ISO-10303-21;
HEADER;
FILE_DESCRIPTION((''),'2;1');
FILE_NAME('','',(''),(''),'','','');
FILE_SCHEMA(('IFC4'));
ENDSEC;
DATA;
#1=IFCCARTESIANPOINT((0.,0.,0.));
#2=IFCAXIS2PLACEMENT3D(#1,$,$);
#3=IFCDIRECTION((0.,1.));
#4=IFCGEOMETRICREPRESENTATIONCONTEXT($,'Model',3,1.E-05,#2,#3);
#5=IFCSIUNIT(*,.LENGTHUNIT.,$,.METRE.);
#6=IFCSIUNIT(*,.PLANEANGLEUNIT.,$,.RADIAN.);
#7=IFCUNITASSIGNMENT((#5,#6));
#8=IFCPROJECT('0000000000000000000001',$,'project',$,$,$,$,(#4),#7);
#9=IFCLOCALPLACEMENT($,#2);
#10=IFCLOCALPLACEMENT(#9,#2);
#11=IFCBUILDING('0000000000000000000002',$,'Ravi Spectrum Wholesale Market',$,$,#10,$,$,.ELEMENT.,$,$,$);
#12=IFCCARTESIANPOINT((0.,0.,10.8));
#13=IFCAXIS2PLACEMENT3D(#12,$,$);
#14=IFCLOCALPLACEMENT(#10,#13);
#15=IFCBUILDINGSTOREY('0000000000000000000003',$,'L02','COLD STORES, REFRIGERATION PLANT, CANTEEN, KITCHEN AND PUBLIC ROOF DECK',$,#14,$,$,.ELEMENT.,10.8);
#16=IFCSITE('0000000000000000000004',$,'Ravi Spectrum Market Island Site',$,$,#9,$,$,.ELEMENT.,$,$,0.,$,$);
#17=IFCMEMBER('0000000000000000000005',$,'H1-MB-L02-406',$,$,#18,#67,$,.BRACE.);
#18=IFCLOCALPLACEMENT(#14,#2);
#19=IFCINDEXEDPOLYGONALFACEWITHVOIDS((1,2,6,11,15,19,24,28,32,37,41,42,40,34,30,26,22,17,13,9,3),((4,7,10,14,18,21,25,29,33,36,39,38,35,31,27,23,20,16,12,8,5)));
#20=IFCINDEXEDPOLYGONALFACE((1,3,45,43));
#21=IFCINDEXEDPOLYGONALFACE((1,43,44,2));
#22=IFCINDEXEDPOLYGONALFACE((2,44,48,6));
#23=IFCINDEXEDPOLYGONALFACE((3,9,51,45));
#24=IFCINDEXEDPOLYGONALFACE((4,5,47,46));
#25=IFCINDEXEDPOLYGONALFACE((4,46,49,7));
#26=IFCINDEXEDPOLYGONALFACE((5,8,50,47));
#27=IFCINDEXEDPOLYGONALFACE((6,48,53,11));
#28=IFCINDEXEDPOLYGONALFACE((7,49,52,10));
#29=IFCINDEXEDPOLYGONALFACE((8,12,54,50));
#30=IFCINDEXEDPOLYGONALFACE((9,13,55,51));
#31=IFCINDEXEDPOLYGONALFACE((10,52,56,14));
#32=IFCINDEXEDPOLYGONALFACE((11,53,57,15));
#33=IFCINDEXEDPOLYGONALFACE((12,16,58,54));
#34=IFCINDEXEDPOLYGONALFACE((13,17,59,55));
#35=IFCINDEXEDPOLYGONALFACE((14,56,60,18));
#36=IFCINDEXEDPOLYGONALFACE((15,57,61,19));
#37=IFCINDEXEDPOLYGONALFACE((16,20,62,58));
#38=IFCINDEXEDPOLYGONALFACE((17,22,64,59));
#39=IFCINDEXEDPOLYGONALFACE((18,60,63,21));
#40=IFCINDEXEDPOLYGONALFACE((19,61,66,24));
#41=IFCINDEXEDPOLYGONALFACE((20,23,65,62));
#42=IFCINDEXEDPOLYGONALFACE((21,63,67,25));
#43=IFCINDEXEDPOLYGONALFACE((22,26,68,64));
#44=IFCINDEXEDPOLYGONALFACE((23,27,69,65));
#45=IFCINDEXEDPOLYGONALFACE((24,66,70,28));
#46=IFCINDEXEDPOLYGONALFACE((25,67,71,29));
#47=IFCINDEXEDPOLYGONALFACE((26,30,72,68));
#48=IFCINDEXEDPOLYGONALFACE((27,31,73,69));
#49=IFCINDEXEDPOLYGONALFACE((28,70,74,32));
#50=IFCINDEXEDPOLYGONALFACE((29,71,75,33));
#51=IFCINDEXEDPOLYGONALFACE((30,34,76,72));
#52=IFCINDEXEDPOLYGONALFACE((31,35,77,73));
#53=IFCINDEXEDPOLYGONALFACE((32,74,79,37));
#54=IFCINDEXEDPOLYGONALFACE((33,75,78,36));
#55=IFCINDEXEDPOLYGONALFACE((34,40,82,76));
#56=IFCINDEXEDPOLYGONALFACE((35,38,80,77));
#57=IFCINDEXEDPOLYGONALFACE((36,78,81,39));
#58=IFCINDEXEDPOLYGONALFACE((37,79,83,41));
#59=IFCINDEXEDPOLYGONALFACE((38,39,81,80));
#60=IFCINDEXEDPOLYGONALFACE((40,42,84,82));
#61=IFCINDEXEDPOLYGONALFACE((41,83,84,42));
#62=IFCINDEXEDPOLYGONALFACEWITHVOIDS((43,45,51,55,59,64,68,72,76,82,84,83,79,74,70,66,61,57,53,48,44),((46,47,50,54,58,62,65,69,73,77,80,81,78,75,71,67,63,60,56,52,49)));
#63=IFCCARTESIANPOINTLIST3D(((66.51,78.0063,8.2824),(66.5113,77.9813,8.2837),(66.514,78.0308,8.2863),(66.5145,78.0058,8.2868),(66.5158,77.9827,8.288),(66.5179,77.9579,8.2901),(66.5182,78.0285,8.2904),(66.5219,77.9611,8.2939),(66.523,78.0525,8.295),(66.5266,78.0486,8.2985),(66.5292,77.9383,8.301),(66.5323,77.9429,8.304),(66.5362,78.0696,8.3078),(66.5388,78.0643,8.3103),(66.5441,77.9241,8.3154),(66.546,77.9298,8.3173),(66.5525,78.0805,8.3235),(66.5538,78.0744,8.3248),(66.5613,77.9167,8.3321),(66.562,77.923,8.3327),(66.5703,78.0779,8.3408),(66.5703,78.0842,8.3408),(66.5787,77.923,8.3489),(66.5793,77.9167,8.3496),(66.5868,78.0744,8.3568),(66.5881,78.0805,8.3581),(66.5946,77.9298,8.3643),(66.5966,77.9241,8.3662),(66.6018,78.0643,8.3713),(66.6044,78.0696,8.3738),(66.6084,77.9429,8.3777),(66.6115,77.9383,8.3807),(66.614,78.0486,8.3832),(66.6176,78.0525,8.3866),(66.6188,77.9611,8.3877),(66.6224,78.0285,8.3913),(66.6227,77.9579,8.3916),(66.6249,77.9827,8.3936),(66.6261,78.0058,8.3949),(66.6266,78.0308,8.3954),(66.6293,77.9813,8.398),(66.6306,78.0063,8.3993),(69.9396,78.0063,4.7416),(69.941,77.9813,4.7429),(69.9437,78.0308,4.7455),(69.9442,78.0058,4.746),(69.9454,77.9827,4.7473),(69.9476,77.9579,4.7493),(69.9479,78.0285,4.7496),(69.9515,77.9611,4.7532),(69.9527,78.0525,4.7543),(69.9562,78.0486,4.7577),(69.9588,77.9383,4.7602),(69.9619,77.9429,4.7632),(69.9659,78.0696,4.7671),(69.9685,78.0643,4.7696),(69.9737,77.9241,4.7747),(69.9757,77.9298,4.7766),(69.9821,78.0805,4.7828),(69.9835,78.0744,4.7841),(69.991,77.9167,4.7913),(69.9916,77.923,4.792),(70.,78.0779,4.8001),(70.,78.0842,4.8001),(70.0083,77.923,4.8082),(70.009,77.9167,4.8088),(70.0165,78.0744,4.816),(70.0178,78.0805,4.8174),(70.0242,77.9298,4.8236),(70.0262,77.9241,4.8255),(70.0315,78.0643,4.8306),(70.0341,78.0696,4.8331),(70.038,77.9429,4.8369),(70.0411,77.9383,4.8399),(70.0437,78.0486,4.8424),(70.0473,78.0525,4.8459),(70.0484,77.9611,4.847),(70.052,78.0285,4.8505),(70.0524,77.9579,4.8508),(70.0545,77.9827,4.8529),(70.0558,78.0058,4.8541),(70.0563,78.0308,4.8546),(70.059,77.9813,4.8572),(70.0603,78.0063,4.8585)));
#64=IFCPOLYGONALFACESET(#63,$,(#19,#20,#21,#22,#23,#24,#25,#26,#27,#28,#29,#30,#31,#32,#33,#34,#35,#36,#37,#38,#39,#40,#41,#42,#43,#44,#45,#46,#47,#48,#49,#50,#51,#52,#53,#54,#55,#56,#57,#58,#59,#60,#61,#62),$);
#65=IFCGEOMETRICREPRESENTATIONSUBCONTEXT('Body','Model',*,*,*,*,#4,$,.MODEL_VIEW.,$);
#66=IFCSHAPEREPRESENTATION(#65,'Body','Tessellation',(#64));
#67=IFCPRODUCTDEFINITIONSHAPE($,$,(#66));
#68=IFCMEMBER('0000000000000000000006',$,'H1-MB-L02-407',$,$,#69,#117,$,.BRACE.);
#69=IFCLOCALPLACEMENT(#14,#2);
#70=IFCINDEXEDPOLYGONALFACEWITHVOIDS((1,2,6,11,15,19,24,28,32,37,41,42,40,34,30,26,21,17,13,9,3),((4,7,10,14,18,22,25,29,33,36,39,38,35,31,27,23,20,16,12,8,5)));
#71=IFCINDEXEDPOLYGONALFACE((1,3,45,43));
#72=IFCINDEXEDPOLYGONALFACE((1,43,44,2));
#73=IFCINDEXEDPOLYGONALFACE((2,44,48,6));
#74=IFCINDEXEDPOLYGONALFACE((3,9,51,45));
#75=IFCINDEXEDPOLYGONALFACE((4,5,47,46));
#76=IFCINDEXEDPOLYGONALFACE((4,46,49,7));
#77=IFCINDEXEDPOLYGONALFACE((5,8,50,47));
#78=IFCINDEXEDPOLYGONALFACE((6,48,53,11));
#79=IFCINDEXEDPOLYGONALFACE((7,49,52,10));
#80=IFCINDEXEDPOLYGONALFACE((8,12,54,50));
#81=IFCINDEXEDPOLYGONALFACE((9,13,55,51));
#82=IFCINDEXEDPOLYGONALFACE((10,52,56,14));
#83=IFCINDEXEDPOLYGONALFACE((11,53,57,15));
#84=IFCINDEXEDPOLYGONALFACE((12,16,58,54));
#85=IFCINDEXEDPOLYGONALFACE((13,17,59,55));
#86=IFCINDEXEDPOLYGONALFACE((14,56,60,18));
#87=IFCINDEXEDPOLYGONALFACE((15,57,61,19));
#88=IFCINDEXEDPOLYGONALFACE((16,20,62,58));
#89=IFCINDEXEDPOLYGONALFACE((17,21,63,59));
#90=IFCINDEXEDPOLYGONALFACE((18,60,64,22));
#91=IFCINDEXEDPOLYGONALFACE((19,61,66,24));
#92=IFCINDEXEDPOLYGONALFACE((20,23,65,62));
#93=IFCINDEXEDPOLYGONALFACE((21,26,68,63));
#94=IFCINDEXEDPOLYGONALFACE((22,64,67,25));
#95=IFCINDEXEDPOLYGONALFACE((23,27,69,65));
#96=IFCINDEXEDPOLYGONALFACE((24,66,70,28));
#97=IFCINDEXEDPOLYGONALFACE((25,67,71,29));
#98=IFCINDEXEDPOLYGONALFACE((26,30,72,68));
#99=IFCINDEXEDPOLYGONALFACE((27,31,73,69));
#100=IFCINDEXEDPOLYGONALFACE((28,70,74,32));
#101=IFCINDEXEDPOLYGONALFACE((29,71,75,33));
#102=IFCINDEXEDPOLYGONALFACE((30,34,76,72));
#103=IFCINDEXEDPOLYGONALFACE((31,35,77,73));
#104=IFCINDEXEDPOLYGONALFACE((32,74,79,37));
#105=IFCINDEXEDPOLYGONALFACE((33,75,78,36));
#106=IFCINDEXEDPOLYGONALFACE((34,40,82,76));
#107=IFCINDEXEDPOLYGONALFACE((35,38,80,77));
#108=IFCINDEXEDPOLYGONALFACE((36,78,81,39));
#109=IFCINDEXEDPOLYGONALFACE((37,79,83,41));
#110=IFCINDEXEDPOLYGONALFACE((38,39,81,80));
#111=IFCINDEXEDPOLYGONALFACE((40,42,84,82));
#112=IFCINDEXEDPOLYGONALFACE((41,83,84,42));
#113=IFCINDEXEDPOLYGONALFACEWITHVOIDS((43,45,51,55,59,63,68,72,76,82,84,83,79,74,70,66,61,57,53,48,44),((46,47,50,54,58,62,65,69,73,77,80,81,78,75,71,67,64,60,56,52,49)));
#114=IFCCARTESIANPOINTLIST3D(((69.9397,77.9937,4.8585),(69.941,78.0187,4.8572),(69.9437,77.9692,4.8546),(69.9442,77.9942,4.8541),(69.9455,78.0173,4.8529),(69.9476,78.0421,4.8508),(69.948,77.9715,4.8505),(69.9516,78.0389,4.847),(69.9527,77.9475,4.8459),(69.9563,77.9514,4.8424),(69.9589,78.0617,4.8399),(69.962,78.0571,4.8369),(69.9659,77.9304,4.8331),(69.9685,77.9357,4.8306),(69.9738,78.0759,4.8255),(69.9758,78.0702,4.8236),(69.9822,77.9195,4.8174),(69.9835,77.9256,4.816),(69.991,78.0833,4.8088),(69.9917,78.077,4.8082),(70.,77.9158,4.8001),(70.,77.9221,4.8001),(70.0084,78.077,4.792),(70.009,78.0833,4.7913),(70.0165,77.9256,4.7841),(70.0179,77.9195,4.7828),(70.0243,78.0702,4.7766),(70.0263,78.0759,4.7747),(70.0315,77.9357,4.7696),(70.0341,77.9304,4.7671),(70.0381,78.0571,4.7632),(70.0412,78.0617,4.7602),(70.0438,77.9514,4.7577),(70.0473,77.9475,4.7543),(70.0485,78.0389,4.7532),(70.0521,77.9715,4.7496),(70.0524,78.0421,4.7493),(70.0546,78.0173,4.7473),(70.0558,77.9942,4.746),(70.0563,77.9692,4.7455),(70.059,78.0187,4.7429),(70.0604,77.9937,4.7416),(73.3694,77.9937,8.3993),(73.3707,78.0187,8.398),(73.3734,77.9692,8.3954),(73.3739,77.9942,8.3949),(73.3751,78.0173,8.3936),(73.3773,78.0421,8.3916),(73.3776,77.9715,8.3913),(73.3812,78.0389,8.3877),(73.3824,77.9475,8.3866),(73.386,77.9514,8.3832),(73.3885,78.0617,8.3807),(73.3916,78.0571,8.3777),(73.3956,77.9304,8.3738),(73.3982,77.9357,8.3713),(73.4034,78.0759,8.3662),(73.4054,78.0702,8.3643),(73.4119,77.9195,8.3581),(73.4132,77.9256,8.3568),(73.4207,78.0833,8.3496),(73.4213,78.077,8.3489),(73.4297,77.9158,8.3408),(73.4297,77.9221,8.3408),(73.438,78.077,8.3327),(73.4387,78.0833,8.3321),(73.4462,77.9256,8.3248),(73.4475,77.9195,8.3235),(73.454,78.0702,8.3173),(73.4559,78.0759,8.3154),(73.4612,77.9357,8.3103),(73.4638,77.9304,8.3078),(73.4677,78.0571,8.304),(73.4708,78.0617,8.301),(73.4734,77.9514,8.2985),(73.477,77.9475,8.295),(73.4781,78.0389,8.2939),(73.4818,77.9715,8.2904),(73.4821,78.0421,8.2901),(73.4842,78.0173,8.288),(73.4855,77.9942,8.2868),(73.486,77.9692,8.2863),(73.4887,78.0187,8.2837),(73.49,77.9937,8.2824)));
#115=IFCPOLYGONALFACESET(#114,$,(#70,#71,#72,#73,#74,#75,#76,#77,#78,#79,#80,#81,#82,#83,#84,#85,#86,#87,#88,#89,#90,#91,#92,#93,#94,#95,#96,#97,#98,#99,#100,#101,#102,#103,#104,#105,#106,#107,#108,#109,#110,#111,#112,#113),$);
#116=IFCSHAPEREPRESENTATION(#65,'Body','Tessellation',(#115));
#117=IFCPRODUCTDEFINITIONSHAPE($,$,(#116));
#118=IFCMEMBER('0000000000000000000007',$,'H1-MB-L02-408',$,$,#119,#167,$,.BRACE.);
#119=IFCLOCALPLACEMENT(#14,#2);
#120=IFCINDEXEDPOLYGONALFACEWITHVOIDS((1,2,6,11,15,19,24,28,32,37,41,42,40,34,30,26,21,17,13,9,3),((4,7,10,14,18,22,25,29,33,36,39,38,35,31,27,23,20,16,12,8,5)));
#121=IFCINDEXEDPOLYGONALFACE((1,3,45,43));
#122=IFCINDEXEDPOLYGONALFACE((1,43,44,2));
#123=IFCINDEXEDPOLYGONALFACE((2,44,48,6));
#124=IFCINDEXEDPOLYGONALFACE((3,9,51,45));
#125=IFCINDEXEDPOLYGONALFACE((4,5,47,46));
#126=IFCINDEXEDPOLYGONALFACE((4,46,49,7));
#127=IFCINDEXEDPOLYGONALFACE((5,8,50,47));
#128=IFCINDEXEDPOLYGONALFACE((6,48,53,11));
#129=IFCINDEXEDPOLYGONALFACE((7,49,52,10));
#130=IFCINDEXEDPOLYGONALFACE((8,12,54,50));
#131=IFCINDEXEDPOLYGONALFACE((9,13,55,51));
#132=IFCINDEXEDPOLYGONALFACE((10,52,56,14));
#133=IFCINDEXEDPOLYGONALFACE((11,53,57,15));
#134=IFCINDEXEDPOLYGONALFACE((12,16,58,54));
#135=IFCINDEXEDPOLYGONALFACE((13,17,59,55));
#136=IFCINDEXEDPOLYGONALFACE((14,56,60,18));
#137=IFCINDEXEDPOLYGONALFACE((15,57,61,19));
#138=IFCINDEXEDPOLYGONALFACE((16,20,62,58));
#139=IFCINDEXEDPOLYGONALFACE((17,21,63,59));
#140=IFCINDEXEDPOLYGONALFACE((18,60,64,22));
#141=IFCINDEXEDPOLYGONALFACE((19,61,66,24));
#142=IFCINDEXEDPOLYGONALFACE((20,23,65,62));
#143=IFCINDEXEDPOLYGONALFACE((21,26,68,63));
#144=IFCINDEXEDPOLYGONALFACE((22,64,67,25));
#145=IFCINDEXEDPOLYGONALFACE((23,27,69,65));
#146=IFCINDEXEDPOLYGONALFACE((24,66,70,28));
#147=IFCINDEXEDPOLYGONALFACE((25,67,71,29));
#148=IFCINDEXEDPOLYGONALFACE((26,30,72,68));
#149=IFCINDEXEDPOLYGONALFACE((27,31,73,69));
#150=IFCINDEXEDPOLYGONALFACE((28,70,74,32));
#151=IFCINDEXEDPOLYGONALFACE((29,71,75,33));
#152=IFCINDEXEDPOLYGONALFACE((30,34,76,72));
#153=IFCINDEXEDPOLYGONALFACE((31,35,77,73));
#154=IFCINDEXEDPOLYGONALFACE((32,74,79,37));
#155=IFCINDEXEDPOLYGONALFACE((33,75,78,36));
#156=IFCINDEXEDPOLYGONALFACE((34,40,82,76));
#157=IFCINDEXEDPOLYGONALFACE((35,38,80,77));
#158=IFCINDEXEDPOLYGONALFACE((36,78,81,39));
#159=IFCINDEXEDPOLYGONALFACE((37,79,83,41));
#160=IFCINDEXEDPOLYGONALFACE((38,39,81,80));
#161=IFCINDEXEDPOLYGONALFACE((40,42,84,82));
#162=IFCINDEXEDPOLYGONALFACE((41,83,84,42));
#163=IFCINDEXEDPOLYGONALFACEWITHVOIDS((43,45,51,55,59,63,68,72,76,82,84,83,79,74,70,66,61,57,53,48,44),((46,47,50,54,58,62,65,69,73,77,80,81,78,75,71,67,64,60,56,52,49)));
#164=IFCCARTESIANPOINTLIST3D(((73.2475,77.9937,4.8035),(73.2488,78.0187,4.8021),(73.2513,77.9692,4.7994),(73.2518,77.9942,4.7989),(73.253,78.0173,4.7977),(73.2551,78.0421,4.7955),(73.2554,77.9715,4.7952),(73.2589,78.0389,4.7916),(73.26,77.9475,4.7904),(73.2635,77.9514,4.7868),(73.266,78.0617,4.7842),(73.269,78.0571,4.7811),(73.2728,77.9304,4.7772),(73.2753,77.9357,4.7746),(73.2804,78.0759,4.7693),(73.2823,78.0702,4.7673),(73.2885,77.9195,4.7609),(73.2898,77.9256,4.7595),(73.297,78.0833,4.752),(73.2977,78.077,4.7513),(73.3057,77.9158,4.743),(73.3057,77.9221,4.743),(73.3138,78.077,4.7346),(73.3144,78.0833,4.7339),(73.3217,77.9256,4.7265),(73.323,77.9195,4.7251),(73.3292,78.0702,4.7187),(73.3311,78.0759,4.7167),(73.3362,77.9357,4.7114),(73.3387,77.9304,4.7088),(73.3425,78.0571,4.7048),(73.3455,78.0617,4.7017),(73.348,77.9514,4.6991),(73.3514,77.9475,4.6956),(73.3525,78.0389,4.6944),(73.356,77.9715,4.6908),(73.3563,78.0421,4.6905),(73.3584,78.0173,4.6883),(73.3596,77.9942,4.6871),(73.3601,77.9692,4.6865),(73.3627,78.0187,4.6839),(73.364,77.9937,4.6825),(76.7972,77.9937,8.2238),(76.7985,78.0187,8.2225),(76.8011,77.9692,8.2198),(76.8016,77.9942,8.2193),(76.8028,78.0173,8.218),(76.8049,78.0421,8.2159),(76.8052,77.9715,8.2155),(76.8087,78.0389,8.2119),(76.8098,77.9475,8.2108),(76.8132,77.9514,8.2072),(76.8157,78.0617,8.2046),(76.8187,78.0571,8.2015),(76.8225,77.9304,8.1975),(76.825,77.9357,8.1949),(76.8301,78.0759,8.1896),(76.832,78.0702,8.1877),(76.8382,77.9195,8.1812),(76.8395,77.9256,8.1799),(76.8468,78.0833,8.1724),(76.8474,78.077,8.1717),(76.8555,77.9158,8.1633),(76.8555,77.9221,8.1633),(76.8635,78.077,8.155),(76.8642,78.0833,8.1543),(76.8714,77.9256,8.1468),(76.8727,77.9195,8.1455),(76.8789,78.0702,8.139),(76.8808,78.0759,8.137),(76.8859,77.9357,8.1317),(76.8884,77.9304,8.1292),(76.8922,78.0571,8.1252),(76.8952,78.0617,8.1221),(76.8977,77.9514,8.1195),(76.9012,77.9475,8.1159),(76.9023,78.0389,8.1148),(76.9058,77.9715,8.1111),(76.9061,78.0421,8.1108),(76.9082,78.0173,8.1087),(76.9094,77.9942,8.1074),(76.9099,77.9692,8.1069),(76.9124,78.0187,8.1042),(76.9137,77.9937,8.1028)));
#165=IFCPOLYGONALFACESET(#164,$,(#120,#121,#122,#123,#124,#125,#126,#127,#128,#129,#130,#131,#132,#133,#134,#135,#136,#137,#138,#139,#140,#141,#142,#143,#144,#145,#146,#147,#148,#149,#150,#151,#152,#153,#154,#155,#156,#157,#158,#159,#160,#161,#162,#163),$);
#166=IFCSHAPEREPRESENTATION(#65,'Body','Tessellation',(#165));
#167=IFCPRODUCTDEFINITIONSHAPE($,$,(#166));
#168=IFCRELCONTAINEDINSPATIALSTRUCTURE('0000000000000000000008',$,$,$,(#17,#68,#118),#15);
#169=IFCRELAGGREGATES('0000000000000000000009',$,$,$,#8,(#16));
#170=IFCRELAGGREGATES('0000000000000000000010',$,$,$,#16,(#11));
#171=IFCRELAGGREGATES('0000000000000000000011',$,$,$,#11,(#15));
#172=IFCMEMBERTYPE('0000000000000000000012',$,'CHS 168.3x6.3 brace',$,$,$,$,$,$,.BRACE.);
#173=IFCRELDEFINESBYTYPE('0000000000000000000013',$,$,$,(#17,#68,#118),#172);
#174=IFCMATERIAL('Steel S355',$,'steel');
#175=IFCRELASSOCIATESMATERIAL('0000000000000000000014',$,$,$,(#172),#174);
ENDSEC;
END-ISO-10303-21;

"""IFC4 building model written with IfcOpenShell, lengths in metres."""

from ifc_helpers import new_model, si_unit, direction, frame, origin, origin_2d, place, context, subcontext, project, spatial, hollow_circle, extrude, material, material_profile, profile_set, type_object, element, save


model = new_model("IFC4")

# Units and contexts
model_context = context("Model", 3, precision=1e-05, world=origin(), true_north=direction((0.0, 1.0)))
body_context = subcontext(model_context, "Body", "Model", "MODEL_VIEW")
ifc_project = project(units=[si_unit("LENGTHUNIT", "METRE"), si_unit("PLANEANGLEUNIT", "RADIAN")], contexts=[model_context])

# Site, building, storey
site_placement = place(None, origin())
site = spatial("IfcSite", under=ifc_project, at=site_placement, Name="Ravi Spectrum Market Island Site", CompositionType="ELEMENT", RefElevation=0.0)
building_placement = place(site_placement, origin())
building = spatial("IfcBuilding", under=site, at=building_placement, Name="Ravi Spectrum Wholesale Market", CompositionType="ELEMENT")
storey_placement = place(building_placement, frame((0.0, 0.0, 10.8)))
storey = spatial("IfcBuildingStorey", under=building, at=storey_placement, Name="L02", Description="COLD STORES, REFRIGERATION PLANT, CANTEEN, KITCHEN AND PUBLIC ROOF DECK", CompositionType="ELEMENT", Elevation=10.8)

# Members
ifc_material_1 = material(Name="Steel S355", Category="steel")
ifc_material_profile_1 = material_profile(ifc_material_1, hollow_circle(Radius=0.0842, WallThickness=0.0063, at=origin_2d()))
ifc_profile_set_1 = profile_set([ifc_material_profile_1], Name="Steel S355")
member_type_1 = type_object("IfcMemberType", Name="CHS 168.3x6.3 brace", PredefinedType="BRACE", material=ifc_profile_set_1)
for number, where, z_axis, x_axis, name in (
    (1, (66.5703, 78.0, 8.3408), (0.69575, 0.0, -0.718284), (0.0, 1.0, 0.0), "H1-MB-L02-406"),
    (2, (73.4297, 78.0, 8.3408), (-0.69575, 0.0, -0.718284), (0.0, -1.0, 0.0), "H1-MB-L02-407"),
    (3, (76.8555, 78.0, 8.1633), (-0.720109, 0.0, -0.693861), (0.0, -1.0, 0.0), "H1-MB-L02-408"),
):
    element("IfcMember", number, at=place(storey_placement, frame(where, z_axis=z_axis, x_axis=x_axis)), inside=storey, type_object=member_type_1, Name=name, PredefinedType="BRACE", context=body_context, shape_type="SweptSolid", body=[
        extrude(hollow_circle(Radius=0.0842, WallThickness=0.0063, at=origin_2d()), origin(), (0.0, 0.0, 1.0), 4.9294),
    ])

save(model, "model.ifc")
